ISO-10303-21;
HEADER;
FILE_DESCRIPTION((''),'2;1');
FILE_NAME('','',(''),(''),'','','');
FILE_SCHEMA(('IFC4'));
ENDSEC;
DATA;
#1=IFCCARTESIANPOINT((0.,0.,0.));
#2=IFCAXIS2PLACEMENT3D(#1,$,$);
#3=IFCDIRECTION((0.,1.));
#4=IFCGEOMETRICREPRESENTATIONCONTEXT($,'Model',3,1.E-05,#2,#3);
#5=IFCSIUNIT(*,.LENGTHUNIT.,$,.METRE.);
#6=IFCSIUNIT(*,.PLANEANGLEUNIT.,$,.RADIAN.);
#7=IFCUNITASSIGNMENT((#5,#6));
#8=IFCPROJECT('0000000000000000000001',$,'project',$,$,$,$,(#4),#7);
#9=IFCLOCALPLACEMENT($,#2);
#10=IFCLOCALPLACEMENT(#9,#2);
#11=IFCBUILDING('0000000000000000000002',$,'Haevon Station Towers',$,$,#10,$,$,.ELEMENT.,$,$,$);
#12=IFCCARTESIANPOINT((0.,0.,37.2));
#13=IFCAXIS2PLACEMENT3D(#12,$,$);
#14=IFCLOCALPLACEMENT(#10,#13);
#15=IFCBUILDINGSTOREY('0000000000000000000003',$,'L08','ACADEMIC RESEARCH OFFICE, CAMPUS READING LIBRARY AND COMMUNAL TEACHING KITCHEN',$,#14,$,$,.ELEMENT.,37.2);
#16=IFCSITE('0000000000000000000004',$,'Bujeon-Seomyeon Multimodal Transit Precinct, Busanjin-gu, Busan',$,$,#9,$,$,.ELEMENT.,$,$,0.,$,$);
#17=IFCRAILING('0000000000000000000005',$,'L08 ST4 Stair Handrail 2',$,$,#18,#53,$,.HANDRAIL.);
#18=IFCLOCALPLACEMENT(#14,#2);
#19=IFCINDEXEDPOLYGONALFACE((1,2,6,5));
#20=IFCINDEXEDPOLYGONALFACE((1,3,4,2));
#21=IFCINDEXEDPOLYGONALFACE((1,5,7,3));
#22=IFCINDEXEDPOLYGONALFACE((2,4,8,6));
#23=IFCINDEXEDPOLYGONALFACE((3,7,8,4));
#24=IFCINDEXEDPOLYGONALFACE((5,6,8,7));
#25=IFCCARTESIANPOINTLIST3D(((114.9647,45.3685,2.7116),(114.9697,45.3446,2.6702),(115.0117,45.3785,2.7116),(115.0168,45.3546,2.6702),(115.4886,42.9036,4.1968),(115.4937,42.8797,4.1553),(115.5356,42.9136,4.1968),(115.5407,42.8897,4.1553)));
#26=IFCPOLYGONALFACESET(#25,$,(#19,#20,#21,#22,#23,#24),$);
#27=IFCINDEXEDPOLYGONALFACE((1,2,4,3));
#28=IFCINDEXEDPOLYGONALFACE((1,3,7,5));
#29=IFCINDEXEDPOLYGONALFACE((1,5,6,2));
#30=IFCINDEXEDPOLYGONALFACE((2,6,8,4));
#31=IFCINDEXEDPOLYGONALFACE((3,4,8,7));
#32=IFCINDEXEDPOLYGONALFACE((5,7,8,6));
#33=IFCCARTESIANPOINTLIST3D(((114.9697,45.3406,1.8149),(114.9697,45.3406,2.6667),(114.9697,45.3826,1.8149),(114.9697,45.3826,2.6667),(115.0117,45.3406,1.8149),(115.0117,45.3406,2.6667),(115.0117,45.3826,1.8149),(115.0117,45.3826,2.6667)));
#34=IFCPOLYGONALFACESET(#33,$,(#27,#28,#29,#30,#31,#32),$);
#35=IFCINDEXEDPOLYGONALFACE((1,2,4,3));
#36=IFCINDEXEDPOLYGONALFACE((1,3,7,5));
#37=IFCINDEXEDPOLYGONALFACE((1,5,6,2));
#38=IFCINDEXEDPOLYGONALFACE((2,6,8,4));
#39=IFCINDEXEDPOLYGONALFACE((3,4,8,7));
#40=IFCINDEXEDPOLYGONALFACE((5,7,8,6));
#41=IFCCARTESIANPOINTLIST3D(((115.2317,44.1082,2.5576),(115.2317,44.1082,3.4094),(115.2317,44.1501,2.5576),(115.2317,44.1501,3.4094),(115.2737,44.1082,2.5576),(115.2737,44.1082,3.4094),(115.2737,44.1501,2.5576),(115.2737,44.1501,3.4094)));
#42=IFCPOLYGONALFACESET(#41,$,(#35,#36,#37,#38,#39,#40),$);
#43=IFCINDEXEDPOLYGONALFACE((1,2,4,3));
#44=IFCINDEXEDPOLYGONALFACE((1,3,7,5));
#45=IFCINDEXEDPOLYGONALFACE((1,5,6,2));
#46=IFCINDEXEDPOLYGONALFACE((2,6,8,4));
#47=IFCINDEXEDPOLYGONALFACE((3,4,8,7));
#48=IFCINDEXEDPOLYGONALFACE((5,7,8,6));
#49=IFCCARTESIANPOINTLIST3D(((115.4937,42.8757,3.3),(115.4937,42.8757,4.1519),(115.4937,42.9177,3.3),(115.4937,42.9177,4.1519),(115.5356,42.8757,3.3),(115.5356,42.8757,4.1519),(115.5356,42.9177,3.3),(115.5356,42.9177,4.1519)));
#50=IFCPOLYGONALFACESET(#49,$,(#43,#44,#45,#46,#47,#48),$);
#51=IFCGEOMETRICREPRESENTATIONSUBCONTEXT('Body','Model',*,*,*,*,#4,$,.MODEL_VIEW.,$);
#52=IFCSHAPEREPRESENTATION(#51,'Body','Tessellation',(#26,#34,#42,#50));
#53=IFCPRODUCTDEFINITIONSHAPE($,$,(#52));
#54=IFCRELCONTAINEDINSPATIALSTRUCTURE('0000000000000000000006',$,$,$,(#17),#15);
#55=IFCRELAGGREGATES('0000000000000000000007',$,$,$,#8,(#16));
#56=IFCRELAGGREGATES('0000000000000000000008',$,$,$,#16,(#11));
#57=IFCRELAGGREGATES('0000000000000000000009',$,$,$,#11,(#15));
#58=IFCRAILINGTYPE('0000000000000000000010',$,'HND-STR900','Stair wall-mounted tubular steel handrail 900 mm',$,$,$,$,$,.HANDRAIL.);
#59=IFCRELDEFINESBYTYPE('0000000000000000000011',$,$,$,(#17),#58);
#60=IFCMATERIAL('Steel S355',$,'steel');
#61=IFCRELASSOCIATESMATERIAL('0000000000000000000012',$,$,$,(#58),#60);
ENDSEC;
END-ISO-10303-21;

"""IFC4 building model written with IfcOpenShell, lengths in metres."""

from ifc_helpers import new_model, si_unit, direction, frame, origin, origin_2d, place, context, subcontext, project, spatial, rectangle, extrude, material, type_object, element, save


model = new_model("IFC4")

# Units and contexts
model_context = context("Model", 3, precision=1e-05, world=origin(), true_north=direction((0.0, 1.0)))
body_context = subcontext(model_context, "Body", "Model", "MODEL_VIEW")
ifc_project = project(units=[si_unit("LENGTHUNIT", "METRE"), si_unit("PLANEANGLEUNIT", "RADIAN")], contexts=[model_context])

# Site, building, storey
site_placement = place(None, origin())
site = spatial("IfcSite", under=ifc_project, at=site_placement, Name="Bujeon-Seomyeon Multimodal Transit Precinct, Busanjin-gu, Busan", CompositionType="ELEMENT", RefElevation=0.0)
building_placement = place(site_placement, origin())
building = spatial("IfcBuilding", under=site, at=building_placement, Name="Haevon Station Towers", CompositionType="ELEMENT")
storey_placement = place(building_placement, frame((0.0, 0.0, 37.2)))
storey = spatial("IfcBuildingStorey", under=building, at=storey_placement, Name="L08", Description="ACADEMIC RESEARCH OFFICE, CAMPUS READING LIBRARY AND COMMUNAL TEACHING KITCHEN", CompositionType="ELEMENT", Elevation=37.2)

# Shared definitions
ifc_material_1 = material(Name="Steel S355", Category="steel")

# Railing
railing_type_1 = type_object("IfcRailingType", Name="HND-STR900", Description="Stair wall-mounted tubular steel handrail 900 mm", PredefinedType="HANDRAIL", material=ifc_material_1)
railing_1_placement = place(storey_placement, frame((114.9907, 45.3616, 1.8149)))
element("IfcRailing", 1, at=railing_1_placement, inside=storey, type_object=railing_type_1, Name="L08 ST4 Stair Handrail 2", PredefinedType="HANDRAIL", context=body_context, shape_type="SweptSolid", body=[
    extrude(rectangle(XDim=0.0481, YDim=0.0481, at=origin_2d()), frame((0.0, 0.0, 0.876), z_axis=(0.179121, -0.842688, 0.507733), x_axis=(0.978147, 0.207914, 0.0)), (0.0, 0.0, 1.0), 2.925),
    extrude(rectangle(XDim=0.042, YDim=0.042, at=origin_2d()), origin(), (0.0, 0.0, 1.0), 0.8518),
    extrude(rectangle(XDim=0.042, YDim=0.042, at=origin_2d()), frame((0.262, -1.2324, 0.7427)), (0.0, 0.0, 1.0), 0.8518),
    extrude(rectangle(XDim=0.042, YDim=0.042, at=origin_2d()), frame((0.5239, -2.4648, 1.4851)), (0.0, 0.0, 1.0), 0.8518),
])

save(model, "model.ifc")
